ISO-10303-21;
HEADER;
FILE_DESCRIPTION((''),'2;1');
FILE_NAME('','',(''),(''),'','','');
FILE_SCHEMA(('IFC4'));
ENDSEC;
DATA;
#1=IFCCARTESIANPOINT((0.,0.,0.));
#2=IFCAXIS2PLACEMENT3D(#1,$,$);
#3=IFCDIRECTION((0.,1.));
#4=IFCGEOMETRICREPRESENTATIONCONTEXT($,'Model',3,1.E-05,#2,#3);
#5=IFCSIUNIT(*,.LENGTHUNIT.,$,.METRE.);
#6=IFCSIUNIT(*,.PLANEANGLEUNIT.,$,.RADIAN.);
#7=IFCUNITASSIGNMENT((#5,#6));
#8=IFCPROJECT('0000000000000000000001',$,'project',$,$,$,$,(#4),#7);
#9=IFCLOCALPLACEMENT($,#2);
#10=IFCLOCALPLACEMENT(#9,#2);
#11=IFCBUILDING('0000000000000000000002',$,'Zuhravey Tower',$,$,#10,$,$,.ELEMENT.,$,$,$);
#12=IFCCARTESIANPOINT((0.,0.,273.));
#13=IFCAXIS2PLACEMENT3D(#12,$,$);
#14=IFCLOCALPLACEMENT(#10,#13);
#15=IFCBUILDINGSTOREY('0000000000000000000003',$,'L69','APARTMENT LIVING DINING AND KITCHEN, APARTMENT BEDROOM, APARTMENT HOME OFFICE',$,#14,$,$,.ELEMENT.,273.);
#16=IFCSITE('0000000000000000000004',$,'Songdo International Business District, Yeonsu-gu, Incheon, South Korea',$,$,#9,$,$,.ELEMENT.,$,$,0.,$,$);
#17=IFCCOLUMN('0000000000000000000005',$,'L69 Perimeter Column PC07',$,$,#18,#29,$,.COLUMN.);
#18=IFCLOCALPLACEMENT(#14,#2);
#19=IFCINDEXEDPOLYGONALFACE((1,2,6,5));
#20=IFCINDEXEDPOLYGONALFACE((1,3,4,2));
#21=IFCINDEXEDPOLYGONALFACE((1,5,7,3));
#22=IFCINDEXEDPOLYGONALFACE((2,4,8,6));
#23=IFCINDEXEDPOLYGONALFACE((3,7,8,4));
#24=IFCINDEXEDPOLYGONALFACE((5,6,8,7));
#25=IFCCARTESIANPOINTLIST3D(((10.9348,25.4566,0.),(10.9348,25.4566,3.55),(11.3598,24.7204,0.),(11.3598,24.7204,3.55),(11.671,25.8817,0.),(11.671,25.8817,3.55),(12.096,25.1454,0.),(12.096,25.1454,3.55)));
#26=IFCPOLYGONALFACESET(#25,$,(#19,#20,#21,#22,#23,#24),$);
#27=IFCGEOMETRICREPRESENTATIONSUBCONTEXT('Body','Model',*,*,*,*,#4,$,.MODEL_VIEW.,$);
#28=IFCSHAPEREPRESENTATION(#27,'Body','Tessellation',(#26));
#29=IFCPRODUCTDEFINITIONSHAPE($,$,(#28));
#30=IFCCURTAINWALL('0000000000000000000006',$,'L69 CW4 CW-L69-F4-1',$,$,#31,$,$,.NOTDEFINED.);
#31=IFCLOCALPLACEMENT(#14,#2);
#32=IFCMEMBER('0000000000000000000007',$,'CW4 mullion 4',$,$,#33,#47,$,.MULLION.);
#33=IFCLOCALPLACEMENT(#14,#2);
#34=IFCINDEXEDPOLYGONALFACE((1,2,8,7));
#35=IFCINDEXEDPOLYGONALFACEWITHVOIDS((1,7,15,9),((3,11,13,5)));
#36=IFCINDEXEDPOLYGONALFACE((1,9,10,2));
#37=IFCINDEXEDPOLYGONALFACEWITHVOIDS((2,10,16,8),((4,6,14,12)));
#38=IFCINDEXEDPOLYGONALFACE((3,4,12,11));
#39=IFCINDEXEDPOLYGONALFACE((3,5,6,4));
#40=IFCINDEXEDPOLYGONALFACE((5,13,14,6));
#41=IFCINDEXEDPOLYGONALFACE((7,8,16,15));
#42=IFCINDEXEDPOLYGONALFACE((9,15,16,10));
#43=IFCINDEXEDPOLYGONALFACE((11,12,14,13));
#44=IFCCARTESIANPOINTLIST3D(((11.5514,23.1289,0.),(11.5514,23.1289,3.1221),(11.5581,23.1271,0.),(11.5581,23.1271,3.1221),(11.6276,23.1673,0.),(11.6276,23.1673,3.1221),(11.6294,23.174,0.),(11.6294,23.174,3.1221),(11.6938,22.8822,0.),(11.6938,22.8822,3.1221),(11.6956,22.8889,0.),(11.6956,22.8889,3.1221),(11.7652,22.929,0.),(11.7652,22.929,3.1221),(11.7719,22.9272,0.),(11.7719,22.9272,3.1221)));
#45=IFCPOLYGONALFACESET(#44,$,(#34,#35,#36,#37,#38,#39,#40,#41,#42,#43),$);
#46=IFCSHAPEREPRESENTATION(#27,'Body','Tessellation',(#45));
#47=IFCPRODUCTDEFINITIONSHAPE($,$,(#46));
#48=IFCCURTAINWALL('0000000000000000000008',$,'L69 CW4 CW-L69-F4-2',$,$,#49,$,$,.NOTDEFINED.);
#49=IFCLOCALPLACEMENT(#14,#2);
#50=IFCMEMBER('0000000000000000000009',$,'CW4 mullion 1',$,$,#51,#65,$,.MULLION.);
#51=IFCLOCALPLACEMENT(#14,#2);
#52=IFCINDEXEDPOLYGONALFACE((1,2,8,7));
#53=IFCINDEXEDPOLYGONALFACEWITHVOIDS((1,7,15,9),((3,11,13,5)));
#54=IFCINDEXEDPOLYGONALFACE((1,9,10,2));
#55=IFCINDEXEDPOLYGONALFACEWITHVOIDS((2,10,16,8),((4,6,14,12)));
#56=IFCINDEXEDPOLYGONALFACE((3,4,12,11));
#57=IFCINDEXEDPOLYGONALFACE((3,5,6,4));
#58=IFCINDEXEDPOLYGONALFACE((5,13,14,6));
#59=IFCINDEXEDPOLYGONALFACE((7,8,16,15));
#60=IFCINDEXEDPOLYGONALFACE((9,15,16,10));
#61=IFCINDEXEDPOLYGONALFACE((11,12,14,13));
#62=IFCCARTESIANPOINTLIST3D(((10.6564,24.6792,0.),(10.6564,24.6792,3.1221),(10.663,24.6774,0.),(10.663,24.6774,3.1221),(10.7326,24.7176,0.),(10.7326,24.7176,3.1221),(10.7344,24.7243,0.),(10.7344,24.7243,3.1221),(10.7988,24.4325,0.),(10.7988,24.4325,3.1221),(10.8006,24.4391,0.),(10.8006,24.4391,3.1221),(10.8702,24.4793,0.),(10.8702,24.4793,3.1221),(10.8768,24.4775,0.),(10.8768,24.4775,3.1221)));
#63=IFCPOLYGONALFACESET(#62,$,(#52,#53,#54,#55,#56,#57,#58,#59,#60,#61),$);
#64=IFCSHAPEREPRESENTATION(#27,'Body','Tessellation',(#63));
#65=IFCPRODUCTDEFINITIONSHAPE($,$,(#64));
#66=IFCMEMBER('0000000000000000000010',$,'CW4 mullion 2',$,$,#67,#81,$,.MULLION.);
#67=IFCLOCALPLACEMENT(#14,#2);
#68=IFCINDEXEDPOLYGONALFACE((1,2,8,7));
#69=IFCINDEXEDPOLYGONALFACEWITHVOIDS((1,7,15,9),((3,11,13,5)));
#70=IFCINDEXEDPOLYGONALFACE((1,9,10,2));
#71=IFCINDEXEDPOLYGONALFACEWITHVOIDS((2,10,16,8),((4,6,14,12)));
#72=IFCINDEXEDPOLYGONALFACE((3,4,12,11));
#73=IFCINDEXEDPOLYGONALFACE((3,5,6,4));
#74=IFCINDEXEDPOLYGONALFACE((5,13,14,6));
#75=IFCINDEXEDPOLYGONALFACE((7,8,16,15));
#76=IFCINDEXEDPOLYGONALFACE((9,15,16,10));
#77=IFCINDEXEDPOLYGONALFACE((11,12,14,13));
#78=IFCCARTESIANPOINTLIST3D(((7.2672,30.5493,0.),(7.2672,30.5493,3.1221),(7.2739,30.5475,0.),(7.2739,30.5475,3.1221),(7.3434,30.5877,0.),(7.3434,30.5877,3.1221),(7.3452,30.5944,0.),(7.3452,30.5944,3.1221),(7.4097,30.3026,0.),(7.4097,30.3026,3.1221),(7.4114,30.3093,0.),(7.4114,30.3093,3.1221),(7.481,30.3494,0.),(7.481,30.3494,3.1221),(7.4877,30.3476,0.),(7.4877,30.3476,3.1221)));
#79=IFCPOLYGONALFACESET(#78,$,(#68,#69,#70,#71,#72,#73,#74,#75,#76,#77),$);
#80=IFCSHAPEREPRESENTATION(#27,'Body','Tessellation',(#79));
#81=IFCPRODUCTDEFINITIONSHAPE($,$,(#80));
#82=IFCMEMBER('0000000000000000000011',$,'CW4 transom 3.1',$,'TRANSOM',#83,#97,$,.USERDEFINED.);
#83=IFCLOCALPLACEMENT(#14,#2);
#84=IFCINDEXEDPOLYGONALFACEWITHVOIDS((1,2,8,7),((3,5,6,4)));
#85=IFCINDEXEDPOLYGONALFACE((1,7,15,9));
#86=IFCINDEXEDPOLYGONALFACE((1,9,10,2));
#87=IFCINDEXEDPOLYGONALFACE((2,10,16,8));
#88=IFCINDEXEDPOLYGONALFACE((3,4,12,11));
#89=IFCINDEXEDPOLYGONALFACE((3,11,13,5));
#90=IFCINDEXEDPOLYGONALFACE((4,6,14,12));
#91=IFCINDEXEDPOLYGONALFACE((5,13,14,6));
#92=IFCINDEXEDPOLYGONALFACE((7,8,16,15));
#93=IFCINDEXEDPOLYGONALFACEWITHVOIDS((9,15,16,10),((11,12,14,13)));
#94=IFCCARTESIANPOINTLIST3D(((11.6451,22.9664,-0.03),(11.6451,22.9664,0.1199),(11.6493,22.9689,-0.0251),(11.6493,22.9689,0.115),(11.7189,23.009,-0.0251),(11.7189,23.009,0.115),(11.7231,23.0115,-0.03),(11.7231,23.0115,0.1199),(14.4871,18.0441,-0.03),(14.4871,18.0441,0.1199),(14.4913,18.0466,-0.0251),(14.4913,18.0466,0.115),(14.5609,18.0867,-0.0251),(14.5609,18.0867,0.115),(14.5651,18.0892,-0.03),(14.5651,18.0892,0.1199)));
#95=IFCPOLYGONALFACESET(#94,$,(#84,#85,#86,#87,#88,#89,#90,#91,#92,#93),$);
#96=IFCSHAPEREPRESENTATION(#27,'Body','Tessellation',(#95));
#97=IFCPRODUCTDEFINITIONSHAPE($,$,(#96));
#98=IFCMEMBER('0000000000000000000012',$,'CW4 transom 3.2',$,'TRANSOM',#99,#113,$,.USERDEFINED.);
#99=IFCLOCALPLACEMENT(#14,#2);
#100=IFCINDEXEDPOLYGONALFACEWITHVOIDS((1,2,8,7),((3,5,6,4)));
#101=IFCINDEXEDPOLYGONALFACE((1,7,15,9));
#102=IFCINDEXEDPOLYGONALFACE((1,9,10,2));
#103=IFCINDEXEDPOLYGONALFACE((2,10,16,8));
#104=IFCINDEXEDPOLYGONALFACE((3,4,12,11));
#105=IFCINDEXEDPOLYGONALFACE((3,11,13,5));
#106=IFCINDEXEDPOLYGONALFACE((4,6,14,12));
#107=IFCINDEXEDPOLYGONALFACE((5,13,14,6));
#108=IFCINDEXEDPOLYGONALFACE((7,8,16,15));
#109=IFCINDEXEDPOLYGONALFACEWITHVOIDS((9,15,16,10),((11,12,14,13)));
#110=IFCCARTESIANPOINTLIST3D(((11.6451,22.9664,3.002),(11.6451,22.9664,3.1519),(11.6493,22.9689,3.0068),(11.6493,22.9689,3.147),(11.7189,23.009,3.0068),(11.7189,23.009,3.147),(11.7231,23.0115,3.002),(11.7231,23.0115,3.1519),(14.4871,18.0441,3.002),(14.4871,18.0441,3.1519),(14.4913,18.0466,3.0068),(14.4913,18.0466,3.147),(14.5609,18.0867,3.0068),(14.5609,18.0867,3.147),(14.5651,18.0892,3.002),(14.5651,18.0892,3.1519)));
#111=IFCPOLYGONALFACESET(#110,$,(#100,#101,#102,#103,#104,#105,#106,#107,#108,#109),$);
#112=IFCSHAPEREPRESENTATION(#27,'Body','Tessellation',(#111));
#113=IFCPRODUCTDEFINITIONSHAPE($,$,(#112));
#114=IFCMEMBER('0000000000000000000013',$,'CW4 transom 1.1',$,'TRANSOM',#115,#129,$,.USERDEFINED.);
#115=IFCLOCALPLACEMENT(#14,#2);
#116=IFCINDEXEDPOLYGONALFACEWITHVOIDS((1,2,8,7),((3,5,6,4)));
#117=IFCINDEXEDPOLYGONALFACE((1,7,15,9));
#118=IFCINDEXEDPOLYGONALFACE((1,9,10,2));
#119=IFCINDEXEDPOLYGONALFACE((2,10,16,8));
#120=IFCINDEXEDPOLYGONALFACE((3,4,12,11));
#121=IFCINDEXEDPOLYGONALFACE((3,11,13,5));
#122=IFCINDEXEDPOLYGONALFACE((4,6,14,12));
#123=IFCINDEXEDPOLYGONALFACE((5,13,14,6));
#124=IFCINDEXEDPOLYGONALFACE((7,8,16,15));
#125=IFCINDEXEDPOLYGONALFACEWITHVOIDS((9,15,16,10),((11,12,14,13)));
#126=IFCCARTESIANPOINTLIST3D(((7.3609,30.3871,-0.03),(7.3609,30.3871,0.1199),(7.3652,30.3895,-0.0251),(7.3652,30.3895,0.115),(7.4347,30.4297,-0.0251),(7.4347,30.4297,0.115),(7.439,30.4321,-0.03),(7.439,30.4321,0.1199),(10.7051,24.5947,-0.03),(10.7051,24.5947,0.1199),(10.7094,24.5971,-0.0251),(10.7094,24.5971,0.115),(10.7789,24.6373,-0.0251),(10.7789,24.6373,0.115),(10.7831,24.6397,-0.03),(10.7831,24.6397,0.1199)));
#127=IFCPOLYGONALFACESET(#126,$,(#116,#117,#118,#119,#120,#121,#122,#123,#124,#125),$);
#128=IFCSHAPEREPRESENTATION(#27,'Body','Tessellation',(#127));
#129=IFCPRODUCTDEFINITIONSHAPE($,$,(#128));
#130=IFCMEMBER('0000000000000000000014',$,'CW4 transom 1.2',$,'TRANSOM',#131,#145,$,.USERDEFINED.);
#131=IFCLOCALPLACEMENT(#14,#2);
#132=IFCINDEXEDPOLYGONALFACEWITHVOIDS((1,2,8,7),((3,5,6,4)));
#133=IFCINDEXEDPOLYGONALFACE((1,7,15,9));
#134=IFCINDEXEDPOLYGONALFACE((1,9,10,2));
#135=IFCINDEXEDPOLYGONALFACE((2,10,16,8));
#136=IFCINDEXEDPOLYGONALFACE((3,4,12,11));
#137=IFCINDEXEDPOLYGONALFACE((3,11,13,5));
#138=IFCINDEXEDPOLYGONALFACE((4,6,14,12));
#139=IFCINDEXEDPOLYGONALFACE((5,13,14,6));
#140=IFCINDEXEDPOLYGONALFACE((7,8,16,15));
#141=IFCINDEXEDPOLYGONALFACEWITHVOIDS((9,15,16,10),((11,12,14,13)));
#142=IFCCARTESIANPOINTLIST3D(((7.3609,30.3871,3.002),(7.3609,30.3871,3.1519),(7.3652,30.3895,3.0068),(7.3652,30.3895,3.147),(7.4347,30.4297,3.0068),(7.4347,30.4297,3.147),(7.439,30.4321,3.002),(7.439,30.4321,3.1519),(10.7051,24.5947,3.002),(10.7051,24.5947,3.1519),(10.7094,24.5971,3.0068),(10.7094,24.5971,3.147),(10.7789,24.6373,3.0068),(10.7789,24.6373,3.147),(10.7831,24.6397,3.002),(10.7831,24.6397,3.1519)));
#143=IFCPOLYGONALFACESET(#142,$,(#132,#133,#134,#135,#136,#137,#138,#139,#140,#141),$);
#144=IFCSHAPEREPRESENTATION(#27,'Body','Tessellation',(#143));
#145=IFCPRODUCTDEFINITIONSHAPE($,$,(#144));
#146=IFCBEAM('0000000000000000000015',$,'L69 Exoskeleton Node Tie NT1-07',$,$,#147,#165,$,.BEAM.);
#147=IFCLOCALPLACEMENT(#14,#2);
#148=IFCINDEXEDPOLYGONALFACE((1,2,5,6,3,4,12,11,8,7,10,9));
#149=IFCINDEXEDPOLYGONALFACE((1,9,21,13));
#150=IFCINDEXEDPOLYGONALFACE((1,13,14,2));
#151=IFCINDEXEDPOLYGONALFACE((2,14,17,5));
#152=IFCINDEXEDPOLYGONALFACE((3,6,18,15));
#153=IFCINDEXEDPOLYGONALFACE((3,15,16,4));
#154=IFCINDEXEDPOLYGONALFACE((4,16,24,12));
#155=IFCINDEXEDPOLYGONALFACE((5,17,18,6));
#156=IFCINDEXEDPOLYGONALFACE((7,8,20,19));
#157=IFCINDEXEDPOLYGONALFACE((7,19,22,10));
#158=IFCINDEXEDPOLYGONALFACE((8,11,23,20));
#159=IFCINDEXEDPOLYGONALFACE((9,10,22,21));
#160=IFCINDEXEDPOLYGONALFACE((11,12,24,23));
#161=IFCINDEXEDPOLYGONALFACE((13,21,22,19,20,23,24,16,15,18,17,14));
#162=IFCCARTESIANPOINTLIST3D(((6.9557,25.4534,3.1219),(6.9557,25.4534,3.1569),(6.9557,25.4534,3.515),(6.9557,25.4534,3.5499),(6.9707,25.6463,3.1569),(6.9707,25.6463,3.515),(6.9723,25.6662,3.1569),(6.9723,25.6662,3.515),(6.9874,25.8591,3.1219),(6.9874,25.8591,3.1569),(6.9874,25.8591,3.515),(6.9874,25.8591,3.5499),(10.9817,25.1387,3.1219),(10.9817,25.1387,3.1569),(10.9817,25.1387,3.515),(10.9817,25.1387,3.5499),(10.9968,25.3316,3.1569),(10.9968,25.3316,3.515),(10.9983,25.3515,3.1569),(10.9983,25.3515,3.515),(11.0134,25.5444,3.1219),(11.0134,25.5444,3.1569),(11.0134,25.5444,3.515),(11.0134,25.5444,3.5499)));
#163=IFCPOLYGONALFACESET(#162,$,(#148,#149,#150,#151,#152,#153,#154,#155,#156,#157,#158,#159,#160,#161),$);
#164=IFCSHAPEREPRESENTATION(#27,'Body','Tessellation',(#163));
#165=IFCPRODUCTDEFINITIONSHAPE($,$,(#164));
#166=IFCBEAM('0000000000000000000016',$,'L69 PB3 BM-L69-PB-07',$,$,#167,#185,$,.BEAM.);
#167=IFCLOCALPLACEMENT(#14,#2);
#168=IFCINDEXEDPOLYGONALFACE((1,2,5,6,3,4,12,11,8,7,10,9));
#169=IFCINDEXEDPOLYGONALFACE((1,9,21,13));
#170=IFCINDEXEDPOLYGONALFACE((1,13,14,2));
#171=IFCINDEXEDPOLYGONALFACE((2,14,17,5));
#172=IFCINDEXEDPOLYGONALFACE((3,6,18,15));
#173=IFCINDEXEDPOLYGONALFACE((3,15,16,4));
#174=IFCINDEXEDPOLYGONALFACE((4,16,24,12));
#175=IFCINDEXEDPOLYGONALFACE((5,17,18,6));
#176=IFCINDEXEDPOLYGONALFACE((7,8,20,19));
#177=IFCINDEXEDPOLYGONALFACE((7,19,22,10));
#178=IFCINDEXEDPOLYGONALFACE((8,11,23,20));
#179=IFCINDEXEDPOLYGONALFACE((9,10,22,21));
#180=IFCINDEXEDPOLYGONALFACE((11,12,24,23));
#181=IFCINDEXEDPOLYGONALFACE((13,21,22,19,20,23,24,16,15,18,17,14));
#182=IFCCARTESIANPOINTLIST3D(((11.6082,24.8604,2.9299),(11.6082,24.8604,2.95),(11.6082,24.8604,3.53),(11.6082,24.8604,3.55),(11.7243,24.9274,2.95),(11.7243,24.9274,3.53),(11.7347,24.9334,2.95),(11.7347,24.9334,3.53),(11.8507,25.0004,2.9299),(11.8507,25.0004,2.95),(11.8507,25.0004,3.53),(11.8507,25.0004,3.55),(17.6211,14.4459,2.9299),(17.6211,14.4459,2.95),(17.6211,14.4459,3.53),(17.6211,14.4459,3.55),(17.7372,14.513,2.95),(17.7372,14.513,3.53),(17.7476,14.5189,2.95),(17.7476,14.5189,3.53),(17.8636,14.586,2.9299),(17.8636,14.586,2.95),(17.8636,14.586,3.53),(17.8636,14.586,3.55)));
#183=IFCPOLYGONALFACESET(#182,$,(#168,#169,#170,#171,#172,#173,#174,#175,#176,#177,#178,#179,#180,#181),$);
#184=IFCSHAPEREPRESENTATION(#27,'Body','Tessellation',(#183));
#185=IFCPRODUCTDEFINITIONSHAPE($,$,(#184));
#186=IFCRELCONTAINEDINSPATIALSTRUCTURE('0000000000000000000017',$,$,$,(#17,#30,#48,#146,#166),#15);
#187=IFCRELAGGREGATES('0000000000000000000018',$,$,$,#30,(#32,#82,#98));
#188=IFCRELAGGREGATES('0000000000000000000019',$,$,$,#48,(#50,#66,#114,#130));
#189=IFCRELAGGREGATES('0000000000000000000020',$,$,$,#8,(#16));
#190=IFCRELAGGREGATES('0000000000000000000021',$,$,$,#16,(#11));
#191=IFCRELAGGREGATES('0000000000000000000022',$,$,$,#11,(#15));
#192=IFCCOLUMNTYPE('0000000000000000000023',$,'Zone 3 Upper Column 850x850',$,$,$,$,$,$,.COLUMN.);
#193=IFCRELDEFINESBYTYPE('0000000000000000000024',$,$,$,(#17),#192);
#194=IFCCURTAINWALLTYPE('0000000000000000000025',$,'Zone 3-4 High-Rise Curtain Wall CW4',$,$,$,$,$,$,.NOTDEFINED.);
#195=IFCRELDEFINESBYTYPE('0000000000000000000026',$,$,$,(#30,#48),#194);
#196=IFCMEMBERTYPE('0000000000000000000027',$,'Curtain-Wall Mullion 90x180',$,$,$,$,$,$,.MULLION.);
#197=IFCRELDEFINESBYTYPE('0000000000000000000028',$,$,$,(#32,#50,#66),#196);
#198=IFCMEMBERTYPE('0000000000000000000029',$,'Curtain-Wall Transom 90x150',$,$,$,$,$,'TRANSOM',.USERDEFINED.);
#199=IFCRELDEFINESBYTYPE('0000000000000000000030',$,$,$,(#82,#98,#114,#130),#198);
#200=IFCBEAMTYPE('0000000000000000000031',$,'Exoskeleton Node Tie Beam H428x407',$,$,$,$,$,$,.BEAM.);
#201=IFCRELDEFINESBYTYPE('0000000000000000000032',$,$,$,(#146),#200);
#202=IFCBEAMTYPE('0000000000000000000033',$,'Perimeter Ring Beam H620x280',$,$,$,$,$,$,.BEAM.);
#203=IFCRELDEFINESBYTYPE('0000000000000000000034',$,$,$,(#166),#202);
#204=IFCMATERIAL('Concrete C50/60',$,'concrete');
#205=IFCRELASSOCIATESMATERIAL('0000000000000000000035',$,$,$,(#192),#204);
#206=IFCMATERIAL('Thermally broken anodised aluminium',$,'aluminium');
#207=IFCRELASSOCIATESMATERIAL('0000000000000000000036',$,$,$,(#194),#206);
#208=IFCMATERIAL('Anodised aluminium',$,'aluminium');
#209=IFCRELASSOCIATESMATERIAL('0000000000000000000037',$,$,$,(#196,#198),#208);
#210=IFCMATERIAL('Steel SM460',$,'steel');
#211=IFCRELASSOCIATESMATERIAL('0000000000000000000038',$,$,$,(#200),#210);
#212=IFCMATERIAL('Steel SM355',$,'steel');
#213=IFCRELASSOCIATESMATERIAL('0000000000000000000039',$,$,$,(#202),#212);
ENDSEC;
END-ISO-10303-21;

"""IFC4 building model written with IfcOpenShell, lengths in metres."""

from ifc_helpers import new_model, si_unit, direction, frame, origin, origin_2d, place, context, subcontext, project, spatial, rectangle, hollow_rectangle, i_section, extrude, material, material_profile, profile_set, type_object, element, aggregate, save


model = new_model("IFC4")

# Units and contexts
model_context = context("Model", 3, precision=1e-05, world=origin(), true_north=direction((0.0, 1.0)))
body_context = subcontext(model_context, "Body", "Model", "MODEL_VIEW")
ifc_project = project(units=[si_unit("LENGTHUNIT", "METRE"), si_unit("PLANEANGLEUNIT", "RADIAN")], contexts=[model_context])

# Site, building, storey
site_placement = place(None, origin())
site = spatial("IfcSite", under=ifc_project, at=site_placement, Name="Songdo International Business District, Yeonsu-gu, Incheon, South Korea", CompositionType="ELEMENT", RefElevation=0.0)
building_placement = place(site_placement, origin())
building = spatial("IfcBuilding", under=site, at=building_placement, Name="Zuhravey Tower", CompositionType="ELEMENT")
storey_placement = place(building_placement, frame((0.0, 0.0, 273.0)))
storey = spatial("IfcBuildingStorey", under=building, at=storey_placement, Name="L69", Description="APARTMENT LIVING DINING AND KITCHEN, APARTMENT BEDROOM, APARTMENT HOME OFFICE", CompositionType="ELEMENT", Elevation=273.0)

# Column
ifc_material_1 = material(Name="Concrete C50/60", Category="concrete")
ifc_material_profile_1 = material_profile(ifc_material_1, rectangle(XDim=0.8501, YDim=0.8501, at=origin_2d()), Name="RC-850x850")
ifc_profile_set_1 = profile_set([ifc_material_profile_1], Name="Concrete C50/60")
column_type = type_object("IfcColumnType", Name="Zone 3 Upper Column 850x850", PredefinedType="COLUMN", material=ifc_profile_set_1)
column_placement = place(storey_placement, frame((11.5154, 25.301, 0.0), z_axis=(0.0, 0.0, 1.0), x_axis=(0.5, -0.866025, 0.0)))
element("IfcColumn", 1, at=column_placement, inside=storey, type_object=column_type, Name="L69 Perimeter Column PC07", PredefinedType="COLUMN", context=body_context, shape_type="SweptSolid", body=[
    extrude(rectangle(XDim=0.8501, YDim=0.8501, at=origin_2d()), origin(), (0.0, 0.0, 1.0), 3.55),
])

# Curtain wall, member
ifc_material_2 = material(Name="Thermally broken anodised aluminium", Category="aluminium")
curtain_wall_type = type_object("IfcCurtainWallType", Name="Zone 3-4 High-Rise Curtain Wall CW4", PredefinedType="NOTDEFINED", material=ifc_material_2)
curtain_wall_1_placement = place(storey_placement, origin())
curtain_wall_1 = element("IfcCurtainWall", 2, at=curtain_wall_1_placement, inside=storey, type_object=curtain_wall_type, Name="L69 CW4 CW-L69-F4-1", PredefinedType="NOTDEFINED")
ifc_material_3 = material(Name="Anodised aluminium", Category="aluminium")
ifc_material_profile_2 = material_profile(ifc_material_3, hollow_rectangle(XDim=0.0901, YDim=0.2849, WallThickness=0.0049, at=origin_2d()), Name="ALU-RHS-90x285x5")
ifc_profile_set_2 = profile_set([ifc_material_profile_2], Name="Anodised aluminium")
member_type_1 = type_object("IfcMemberType", Name="Curtain-Wall Mullion 90x180", PredefinedType="MULLION", material=ifc_profile_set_2)
member_1_placement = place(storey_placement, frame((11.6616, 23.0281, 0.0), z_axis=(0.0, 0.0, 1.0), x_axis=(-0.866024, -0.500003, 0.0)))
member_1 = element("IfcMember", 3, at=member_1_placement, type_object=member_type_1, Name="CW4 mullion 4", PredefinedType="MULLION", context=body_context, shape_type="SweptSolid", body=[
    extrude(hollow_rectangle(XDim=0.0901, YDim=0.2849, WallThickness=0.0049, at=origin_2d()), origin(), (0.0, 0.0, 1.0), 3.1221),
])

# Curtain wall, members
curtain_wall_2_placement = place(storey_placement, origin())
curtain_wall_2 = element("IfcCurtainWall", 4, at=curtain_wall_2_placement, inside=storey, type_object=curtain_wall_type, Name="L69 CW4 CW-L69-F4-2", PredefinedType="NOTDEFINED")
member_2_placement = place(storey_placement, frame((10.7666, 24.5784, 0.0), z_axis=(0.0, 0.0, 1.0), x_axis=(-0.866025, -0.500001, 0.0)))
member_2 = element("IfcMember", 5, at=member_2_placement, type_object=member_type_1, Name="CW4 mullion 1", PredefinedType="MULLION", context=body_context, shape_type="SweptSolid", body=[
    extrude(hollow_rectangle(XDim=0.0901, YDim=0.2849, WallThickness=0.0049, at=origin_2d()), origin(), (0.0, 0.0, 1.0), 3.1221),
])
member_3_placement = place(storey_placement, frame((7.3774, 30.4485, 0.0), z_axis=(0.0, 0.0, 1.0), x_axis=(-0.866025, -0.500001, 0.0)))
member_3 = element("IfcMember", 6, at=member_3_placement, type_object=member_type_1, Name="CW4 mullion 2", PredefinedType="MULLION", context=body_context, shape_type="SweptSolid", body=[
    extrude(hollow_rectangle(XDim=0.0901, YDim=0.2849, WallThickness=0.0049, at=origin_2d()), origin(), (0.0, 0.0, 1.0), 3.1221),
])

# Members
ifc_material_profile_3 = material_profile(ifc_material_3, hollow_rectangle(XDim=0.0901, YDim=0.1499, WallThickness=0.0049, at=origin_2d()), Name="ALU-RHS-90x150x5")
ifc_profile_set_3 = profile_set([ifc_material_profile_3], Name="Anodised aluminium")
member_type_2 = type_object("IfcMemberType", Name="Curtain-Wall Transom 90x150", ElementType="TRANSOM", PredefinedType="USERDEFINED", material=ifc_profile_set_3)
member_4_placement = place(storey_placement, frame((14.5261, 18.0667, 0.0449), z_axis=(-0.500015, 0.866017, 0.0), x_axis=(-0.866017, -0.500015, 0.0)))
member_4 = element("IfcMember", 7, at=member_4_placement, type_object=member_type_2, Name="CW4 transom 3.1", ObjectType="TRANSOM", PredefinedType="USERDEFINED", context=body_context, shape_type="SweptSolid", body=[
    extrude(hollow_rectangle(XDim=0.0901, YDim=0.1499, WallThickness=0.0049, at=origin_2d()), origin(), (0.0, 0.0, 1.0), 5.6838),
])
member_5_placement = place(storey_placement, frame((14.5261, 18.0667, 3.0769), z_axis=(-0.500015, 0.866017, 0.0), x_axis=(-0.866017, -0.500015, 0.0)))
member_5 = element("IfcMember", 8, at=member_5_placement, type_object=member_type_2, Name="CW4 transom 3.2", ObjectType="TRANSOM", PredefinedType="USERDEFINED", context=body_context, shape_type="SweptSolid", body=[
    extrude(hollow_rectangle(XDim=0.0901, YDim=0.1499, WallThickness=0.0049, at=origin_2d()), origin(), (0.0, 0.0, 1.0), 5.6838),
])
member_6_placement = place(storey_placement, frame((10.7441, 24.6172, 0.0449), z_axis=(-0.499994, 0.866029, 0.0), x_axis=(-0.866029, -0.499994, 0.0)))
member_6 = element("IfcMember", 9, at=member_6_placement, type_object=member_type_2, Name="CW4 transom 1.1", ObjectType="TRANSOM", PredefinedType="USERDEFINED", context=body_context, shape_type="SweptSolid", body=[
    extrude(hollow_rectangle(XDim=0.0901, YDim=0.1499, WallThickness=0.0049, at=origin_2d()), origin(), (0.0, 0.0, 1.0), 6.6885),
])
member_7_placement = place(storey_placement, frame((10.7441, 24.6172, 3.0769), z_axis=(-0.499994, 0.866029, 0.0), x_axis=(-0.866029, -0.499994, 0.0)))
member_7 = element("IfcMember", 10, at=member_7_placement, type_object=member_type_2, Name="CW4 transom 1.2", ObjectType="TRANSOM", PredefinedType="USERDEFINED", context=body_context, shape_type="SweptSolid", body=[
    extrude(hollow_rectangle(XDim=0.0901, YDim=0.1499, WallThickness=0.0049, at=origin_2d()), origin(), (0.0, 0.0, 1.0), 6.6885),
])

# Beams
ifc_material_4 = material(Name="Steel SM460", Category="steel")
ifc_material_profile_4 = material_profile(ifc_material_4, i_section(OverallWidth=0.407, OverallDepth=0.428, WebThickness=0.02, FlangeThickness=0.0349, at=origin_2d()), Name="H-428x407x20x35")
ifc_profile_set_4 = profile_set([ifc_material_profile_4], Name="Steel SM460")
beam_type_1 = type_object("IfcBeamType", Name="Exoskeleton Node Tie Beam H428x407", PredefinedType="BEAM", material=ifc_profile_set_4)
beam_1_placement = place(storey_placement, frame((10.9976, 25.3416, 3.3359), z_axis=(-0.996959, 0.077926, 0.0), x_axis=(-0.077926, -0.996959, 0.0)))
element("IfcBeam", 11, at=beam_1_placement, inside=storey, type_object=beam_type_1, Name="L69 Exoskeleton Node Tie NT1-07", PredefinedType="BEAM", context=body_context, shape_type="SweptSolid", body=[
    extrude(i_section(OverallWidth=0.407, OverallDepth=0.428, WebThickness=0.02, FlangeThickness=0.0349, at=origin_2d()), origin(), (0.0, 0.0, 1.0), 4.0383),
])
ifc_material_5 = material(Name="Steel SM355", Category="steel")
ifc_material_profile_5 = material_profile(ifc_material_5, i_section(OverallWidth=0.28, OverallDepth=0.6201, WebThickness=0.012, FlangeThickness=0.02, at=origin_2d()), Name="H-620x280x12x20")
ifc_profile_set_5 = profile_set([ifc_material_profile_5], Name="Steel SM355")
beam_type_2 = type_object("IfcBeamType", Name="Perimeter Ring Beam H620x280", PredefinedType="BEAM", material=ifc_profile_set_5)
beam_2_placement = place(storey_placement, frame((11.7295, 24.9304, 3.24), z_axis=(0.500006, -0.866022, 0.0), x_axis=(0.866022, 0.500006, 0.0)))
element("IfcBeam", 12, at=beam_2_placement, inside=storey, type_object=beam_type_2, Name="L69 PB3 BM-L69-PB-07", PredefinedType="BEAM", context=body_context, shape_type="SweptSolid", body=[
    extrude(i_section(OverallWidth=0.28, OverallDepth=0.6201, WebThickness=0.012, FlangeThickness=0.02, at=origin_2d()), origin(), (0.0, 0.0, 1.0), 12.0256),
])

aggregate(curtain_wall_1, [member_1, member_4, member_5])
aggregate(curtain_wall_2, [member_2, member_3, member_6, member_7])

save(model, "model.ifc")
